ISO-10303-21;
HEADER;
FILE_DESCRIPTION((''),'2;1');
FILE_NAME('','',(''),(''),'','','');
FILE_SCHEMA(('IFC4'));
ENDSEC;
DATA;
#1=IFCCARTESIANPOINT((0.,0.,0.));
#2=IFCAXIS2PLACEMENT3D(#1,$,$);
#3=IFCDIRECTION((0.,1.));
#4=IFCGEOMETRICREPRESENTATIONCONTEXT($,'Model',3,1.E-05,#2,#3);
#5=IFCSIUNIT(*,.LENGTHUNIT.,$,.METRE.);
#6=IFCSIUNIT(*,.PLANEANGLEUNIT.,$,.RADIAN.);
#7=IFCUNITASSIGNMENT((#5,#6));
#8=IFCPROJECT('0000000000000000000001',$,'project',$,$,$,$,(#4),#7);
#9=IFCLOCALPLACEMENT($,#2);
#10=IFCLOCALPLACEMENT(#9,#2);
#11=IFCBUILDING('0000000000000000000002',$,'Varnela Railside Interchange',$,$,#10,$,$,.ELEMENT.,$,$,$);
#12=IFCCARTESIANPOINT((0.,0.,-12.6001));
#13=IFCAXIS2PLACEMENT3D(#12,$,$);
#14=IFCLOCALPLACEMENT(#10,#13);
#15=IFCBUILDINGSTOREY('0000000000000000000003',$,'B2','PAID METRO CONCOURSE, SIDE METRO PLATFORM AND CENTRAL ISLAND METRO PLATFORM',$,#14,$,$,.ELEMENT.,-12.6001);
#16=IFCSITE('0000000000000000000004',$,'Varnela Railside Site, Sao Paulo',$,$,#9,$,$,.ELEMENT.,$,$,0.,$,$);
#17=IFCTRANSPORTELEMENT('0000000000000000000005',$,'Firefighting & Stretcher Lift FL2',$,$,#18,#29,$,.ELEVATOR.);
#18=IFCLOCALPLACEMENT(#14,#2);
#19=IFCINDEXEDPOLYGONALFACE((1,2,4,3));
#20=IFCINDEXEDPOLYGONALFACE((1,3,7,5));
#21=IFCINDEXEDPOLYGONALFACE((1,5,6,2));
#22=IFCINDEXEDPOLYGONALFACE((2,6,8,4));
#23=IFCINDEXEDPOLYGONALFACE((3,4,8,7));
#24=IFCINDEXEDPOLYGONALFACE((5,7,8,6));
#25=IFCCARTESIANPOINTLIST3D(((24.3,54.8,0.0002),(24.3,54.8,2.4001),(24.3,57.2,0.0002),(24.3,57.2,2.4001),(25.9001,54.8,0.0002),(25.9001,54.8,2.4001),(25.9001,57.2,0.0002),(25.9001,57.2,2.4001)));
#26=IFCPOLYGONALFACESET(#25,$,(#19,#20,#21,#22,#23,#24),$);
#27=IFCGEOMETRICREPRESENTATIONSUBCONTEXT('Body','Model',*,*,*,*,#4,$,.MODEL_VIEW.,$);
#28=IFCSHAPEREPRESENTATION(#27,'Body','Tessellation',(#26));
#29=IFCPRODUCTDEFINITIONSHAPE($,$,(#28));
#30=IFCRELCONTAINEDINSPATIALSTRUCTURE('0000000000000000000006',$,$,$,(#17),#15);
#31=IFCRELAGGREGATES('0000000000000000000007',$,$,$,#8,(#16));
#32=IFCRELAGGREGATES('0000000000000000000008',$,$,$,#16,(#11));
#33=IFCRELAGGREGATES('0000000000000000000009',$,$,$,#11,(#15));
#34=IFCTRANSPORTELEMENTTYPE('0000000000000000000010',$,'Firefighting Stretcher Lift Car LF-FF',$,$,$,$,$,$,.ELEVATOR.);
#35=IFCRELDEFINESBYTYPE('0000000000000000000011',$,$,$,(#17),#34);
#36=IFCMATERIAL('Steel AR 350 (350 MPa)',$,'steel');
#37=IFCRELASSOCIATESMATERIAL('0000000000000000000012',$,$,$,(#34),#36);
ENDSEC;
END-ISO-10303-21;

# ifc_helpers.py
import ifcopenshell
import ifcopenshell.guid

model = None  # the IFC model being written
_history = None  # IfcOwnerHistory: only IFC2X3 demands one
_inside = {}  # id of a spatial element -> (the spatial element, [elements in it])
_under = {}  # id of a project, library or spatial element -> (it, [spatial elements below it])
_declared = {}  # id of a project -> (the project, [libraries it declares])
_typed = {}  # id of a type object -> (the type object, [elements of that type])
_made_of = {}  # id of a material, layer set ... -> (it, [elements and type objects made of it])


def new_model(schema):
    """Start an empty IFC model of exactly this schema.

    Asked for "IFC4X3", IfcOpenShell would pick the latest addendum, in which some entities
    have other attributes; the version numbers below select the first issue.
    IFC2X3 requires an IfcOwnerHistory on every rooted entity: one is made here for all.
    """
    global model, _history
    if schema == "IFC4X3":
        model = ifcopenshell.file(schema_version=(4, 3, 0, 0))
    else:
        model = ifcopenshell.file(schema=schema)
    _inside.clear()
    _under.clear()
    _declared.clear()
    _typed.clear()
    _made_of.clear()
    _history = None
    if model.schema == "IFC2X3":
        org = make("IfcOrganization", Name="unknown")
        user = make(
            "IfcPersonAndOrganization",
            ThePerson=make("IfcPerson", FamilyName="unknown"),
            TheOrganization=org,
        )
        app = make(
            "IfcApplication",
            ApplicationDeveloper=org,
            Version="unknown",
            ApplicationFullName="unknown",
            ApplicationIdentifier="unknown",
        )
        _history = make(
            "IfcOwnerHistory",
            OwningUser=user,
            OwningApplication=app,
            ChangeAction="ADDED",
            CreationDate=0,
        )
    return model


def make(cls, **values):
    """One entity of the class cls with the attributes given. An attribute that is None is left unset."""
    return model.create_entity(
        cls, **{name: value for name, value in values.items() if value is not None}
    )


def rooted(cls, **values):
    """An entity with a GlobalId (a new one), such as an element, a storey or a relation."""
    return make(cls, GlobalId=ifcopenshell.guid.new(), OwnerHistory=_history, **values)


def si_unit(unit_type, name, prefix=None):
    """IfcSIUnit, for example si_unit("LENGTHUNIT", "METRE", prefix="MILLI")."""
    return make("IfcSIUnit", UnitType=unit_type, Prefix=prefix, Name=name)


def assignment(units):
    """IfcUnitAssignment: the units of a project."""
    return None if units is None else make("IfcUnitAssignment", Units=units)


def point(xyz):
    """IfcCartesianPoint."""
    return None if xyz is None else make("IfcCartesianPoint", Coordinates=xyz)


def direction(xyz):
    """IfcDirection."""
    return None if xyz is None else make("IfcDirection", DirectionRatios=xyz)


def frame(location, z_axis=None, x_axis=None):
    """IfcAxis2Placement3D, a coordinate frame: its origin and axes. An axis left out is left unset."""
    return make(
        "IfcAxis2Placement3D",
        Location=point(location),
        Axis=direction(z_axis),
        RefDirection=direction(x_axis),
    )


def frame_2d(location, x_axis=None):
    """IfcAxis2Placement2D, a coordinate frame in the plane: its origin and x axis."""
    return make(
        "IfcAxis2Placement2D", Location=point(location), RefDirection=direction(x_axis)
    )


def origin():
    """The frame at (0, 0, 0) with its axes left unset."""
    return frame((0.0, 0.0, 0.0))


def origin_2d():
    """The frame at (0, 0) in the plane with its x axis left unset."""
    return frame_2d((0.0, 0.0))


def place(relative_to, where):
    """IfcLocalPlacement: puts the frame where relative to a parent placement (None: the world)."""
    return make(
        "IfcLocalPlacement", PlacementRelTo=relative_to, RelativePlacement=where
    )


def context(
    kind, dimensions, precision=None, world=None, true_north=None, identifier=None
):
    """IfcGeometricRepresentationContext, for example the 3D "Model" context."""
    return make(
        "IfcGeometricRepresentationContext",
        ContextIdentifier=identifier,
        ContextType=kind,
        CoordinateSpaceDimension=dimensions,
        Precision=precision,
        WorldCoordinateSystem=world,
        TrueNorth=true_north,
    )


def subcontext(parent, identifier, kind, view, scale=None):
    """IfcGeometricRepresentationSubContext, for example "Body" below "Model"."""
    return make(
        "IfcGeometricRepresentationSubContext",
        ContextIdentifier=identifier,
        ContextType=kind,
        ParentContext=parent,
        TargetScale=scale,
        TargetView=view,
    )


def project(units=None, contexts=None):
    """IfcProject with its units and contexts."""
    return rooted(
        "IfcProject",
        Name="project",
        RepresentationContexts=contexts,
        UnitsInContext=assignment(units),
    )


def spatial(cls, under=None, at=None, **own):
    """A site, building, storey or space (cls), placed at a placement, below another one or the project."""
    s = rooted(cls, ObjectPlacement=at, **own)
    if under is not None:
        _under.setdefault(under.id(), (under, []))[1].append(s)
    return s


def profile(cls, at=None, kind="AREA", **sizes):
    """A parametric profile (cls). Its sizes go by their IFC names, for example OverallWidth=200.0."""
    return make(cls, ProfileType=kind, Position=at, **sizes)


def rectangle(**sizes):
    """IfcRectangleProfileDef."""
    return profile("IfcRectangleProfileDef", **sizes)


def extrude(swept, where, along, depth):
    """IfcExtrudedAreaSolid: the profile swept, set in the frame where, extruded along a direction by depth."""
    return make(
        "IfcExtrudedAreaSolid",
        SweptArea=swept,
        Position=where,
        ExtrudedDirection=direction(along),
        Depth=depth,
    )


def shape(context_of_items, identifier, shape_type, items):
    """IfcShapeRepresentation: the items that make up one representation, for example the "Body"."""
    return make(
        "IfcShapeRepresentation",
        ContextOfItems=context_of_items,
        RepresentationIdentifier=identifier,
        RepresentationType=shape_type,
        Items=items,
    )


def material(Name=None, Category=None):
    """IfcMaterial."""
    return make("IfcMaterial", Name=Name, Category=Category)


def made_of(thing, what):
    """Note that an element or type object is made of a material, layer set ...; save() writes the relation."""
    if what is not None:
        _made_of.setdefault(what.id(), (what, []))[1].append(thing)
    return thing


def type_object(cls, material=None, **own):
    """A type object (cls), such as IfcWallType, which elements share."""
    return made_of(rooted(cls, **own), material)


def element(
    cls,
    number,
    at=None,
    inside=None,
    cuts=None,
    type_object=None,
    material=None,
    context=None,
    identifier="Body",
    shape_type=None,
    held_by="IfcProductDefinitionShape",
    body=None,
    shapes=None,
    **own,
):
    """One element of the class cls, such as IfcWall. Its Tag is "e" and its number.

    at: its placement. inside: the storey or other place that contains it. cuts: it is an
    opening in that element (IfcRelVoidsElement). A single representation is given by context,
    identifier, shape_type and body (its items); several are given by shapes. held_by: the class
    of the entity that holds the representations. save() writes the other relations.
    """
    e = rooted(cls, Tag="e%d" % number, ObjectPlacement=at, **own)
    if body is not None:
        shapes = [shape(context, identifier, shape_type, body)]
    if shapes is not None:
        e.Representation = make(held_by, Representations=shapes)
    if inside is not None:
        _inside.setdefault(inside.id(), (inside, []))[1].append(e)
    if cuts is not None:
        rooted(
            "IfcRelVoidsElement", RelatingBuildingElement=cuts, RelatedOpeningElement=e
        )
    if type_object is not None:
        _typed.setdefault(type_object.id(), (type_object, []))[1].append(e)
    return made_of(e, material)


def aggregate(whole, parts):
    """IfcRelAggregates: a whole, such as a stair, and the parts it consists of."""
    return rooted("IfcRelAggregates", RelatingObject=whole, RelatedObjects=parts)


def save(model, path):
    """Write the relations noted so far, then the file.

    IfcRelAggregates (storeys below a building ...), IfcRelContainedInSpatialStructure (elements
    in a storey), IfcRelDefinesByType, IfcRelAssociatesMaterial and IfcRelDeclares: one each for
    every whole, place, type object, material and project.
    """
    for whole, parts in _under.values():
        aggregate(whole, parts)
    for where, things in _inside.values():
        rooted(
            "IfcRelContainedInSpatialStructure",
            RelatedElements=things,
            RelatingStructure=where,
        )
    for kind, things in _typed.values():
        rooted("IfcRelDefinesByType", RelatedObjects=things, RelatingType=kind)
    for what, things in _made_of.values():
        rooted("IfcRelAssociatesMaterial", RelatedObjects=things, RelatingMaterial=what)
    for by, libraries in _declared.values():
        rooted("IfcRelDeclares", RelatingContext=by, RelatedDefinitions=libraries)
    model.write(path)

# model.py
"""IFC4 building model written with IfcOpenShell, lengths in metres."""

from ifc_helpers import new_model, si_unit, direction, frame, origin, origin_2d, place, context, subcontext, project, spatial, rectangle, extrude, material, type_object, element, save


model = new_model("IFC4")

# Units and contexts
model_context = context("Model", 3, precision=1e-05, world=origin(), true_north=direction((0.0, 1.0)))
body_context = subcontext(model_context, "Body", "Model", "MODEL_VIEW")
ifc_project = project(units=[si_unit("LENGTHUNIT", "METRE"), si_unit("PLANEANGLEUNIT", "RADIAN")], contexts=[model_context])

# Site, building, storey
site_placement = place(None, origin())
site = spatial("IfcSite", under=ifc_project, at=site_placement, Name="Varnela Railside Site, Sao Paulo", CompositionType="ELEMENT", RefElevation=0.0)
building_placement = place(site_placement, origin())
building = spatial("IfcBuilding", under=site, at=building_placement, Name="Varnela Railside Interchange", CompositionType="ELEMENT")
storey_placement = place(building_placement, frame((0.0, 0.0, -12.6001)))
storey = spatial("IfcBuildingStorey", under=building, at=storey_placement, Name="B2", Description="PAID METRO CONCOURSE, SIDE METRO PLATFORM AND CENTRAL ISLAND METRO PLATFORM", CompositionType="ELEMENT", Elevation=-12.6001)

# Shared definitions
ifc_material_1 = material(Name="Steel AR 350 (350 MPa)", Category="steel")

# Transport element
transport_element_type = type_object("IfcTransportElementType", Name="Firefighting Stretcher Lift Car LF-FF", PredefinedType="ELEVATOR", material=ifc_material_1)
for number, where, z_axis, x_axis, name in (
    (1, (25.1001, 56.0, 0.0002), (0.0, 0.0, 1.0), (1.0, 0.0, 0.0), "Firefighting & Stretcher Lift FL2"),
):
    element("IfcTransportElement", number, at=place(storey_placement, frame(where, z_axis=z_axis, x_axis=x_axis)), inside=storey, type_object=transport_element_type, Name=name, PredefinedType="ELEVATOR", context=body_context, shape_type="SweptSolid", body=[
        extrude(rectangle(XDim=1.6001, YDim=2.3999, at=origin_2d()), origin(), (0.0, 0.0, 1.0), 2.3999),
    ])

save(model, "model.ifc")
